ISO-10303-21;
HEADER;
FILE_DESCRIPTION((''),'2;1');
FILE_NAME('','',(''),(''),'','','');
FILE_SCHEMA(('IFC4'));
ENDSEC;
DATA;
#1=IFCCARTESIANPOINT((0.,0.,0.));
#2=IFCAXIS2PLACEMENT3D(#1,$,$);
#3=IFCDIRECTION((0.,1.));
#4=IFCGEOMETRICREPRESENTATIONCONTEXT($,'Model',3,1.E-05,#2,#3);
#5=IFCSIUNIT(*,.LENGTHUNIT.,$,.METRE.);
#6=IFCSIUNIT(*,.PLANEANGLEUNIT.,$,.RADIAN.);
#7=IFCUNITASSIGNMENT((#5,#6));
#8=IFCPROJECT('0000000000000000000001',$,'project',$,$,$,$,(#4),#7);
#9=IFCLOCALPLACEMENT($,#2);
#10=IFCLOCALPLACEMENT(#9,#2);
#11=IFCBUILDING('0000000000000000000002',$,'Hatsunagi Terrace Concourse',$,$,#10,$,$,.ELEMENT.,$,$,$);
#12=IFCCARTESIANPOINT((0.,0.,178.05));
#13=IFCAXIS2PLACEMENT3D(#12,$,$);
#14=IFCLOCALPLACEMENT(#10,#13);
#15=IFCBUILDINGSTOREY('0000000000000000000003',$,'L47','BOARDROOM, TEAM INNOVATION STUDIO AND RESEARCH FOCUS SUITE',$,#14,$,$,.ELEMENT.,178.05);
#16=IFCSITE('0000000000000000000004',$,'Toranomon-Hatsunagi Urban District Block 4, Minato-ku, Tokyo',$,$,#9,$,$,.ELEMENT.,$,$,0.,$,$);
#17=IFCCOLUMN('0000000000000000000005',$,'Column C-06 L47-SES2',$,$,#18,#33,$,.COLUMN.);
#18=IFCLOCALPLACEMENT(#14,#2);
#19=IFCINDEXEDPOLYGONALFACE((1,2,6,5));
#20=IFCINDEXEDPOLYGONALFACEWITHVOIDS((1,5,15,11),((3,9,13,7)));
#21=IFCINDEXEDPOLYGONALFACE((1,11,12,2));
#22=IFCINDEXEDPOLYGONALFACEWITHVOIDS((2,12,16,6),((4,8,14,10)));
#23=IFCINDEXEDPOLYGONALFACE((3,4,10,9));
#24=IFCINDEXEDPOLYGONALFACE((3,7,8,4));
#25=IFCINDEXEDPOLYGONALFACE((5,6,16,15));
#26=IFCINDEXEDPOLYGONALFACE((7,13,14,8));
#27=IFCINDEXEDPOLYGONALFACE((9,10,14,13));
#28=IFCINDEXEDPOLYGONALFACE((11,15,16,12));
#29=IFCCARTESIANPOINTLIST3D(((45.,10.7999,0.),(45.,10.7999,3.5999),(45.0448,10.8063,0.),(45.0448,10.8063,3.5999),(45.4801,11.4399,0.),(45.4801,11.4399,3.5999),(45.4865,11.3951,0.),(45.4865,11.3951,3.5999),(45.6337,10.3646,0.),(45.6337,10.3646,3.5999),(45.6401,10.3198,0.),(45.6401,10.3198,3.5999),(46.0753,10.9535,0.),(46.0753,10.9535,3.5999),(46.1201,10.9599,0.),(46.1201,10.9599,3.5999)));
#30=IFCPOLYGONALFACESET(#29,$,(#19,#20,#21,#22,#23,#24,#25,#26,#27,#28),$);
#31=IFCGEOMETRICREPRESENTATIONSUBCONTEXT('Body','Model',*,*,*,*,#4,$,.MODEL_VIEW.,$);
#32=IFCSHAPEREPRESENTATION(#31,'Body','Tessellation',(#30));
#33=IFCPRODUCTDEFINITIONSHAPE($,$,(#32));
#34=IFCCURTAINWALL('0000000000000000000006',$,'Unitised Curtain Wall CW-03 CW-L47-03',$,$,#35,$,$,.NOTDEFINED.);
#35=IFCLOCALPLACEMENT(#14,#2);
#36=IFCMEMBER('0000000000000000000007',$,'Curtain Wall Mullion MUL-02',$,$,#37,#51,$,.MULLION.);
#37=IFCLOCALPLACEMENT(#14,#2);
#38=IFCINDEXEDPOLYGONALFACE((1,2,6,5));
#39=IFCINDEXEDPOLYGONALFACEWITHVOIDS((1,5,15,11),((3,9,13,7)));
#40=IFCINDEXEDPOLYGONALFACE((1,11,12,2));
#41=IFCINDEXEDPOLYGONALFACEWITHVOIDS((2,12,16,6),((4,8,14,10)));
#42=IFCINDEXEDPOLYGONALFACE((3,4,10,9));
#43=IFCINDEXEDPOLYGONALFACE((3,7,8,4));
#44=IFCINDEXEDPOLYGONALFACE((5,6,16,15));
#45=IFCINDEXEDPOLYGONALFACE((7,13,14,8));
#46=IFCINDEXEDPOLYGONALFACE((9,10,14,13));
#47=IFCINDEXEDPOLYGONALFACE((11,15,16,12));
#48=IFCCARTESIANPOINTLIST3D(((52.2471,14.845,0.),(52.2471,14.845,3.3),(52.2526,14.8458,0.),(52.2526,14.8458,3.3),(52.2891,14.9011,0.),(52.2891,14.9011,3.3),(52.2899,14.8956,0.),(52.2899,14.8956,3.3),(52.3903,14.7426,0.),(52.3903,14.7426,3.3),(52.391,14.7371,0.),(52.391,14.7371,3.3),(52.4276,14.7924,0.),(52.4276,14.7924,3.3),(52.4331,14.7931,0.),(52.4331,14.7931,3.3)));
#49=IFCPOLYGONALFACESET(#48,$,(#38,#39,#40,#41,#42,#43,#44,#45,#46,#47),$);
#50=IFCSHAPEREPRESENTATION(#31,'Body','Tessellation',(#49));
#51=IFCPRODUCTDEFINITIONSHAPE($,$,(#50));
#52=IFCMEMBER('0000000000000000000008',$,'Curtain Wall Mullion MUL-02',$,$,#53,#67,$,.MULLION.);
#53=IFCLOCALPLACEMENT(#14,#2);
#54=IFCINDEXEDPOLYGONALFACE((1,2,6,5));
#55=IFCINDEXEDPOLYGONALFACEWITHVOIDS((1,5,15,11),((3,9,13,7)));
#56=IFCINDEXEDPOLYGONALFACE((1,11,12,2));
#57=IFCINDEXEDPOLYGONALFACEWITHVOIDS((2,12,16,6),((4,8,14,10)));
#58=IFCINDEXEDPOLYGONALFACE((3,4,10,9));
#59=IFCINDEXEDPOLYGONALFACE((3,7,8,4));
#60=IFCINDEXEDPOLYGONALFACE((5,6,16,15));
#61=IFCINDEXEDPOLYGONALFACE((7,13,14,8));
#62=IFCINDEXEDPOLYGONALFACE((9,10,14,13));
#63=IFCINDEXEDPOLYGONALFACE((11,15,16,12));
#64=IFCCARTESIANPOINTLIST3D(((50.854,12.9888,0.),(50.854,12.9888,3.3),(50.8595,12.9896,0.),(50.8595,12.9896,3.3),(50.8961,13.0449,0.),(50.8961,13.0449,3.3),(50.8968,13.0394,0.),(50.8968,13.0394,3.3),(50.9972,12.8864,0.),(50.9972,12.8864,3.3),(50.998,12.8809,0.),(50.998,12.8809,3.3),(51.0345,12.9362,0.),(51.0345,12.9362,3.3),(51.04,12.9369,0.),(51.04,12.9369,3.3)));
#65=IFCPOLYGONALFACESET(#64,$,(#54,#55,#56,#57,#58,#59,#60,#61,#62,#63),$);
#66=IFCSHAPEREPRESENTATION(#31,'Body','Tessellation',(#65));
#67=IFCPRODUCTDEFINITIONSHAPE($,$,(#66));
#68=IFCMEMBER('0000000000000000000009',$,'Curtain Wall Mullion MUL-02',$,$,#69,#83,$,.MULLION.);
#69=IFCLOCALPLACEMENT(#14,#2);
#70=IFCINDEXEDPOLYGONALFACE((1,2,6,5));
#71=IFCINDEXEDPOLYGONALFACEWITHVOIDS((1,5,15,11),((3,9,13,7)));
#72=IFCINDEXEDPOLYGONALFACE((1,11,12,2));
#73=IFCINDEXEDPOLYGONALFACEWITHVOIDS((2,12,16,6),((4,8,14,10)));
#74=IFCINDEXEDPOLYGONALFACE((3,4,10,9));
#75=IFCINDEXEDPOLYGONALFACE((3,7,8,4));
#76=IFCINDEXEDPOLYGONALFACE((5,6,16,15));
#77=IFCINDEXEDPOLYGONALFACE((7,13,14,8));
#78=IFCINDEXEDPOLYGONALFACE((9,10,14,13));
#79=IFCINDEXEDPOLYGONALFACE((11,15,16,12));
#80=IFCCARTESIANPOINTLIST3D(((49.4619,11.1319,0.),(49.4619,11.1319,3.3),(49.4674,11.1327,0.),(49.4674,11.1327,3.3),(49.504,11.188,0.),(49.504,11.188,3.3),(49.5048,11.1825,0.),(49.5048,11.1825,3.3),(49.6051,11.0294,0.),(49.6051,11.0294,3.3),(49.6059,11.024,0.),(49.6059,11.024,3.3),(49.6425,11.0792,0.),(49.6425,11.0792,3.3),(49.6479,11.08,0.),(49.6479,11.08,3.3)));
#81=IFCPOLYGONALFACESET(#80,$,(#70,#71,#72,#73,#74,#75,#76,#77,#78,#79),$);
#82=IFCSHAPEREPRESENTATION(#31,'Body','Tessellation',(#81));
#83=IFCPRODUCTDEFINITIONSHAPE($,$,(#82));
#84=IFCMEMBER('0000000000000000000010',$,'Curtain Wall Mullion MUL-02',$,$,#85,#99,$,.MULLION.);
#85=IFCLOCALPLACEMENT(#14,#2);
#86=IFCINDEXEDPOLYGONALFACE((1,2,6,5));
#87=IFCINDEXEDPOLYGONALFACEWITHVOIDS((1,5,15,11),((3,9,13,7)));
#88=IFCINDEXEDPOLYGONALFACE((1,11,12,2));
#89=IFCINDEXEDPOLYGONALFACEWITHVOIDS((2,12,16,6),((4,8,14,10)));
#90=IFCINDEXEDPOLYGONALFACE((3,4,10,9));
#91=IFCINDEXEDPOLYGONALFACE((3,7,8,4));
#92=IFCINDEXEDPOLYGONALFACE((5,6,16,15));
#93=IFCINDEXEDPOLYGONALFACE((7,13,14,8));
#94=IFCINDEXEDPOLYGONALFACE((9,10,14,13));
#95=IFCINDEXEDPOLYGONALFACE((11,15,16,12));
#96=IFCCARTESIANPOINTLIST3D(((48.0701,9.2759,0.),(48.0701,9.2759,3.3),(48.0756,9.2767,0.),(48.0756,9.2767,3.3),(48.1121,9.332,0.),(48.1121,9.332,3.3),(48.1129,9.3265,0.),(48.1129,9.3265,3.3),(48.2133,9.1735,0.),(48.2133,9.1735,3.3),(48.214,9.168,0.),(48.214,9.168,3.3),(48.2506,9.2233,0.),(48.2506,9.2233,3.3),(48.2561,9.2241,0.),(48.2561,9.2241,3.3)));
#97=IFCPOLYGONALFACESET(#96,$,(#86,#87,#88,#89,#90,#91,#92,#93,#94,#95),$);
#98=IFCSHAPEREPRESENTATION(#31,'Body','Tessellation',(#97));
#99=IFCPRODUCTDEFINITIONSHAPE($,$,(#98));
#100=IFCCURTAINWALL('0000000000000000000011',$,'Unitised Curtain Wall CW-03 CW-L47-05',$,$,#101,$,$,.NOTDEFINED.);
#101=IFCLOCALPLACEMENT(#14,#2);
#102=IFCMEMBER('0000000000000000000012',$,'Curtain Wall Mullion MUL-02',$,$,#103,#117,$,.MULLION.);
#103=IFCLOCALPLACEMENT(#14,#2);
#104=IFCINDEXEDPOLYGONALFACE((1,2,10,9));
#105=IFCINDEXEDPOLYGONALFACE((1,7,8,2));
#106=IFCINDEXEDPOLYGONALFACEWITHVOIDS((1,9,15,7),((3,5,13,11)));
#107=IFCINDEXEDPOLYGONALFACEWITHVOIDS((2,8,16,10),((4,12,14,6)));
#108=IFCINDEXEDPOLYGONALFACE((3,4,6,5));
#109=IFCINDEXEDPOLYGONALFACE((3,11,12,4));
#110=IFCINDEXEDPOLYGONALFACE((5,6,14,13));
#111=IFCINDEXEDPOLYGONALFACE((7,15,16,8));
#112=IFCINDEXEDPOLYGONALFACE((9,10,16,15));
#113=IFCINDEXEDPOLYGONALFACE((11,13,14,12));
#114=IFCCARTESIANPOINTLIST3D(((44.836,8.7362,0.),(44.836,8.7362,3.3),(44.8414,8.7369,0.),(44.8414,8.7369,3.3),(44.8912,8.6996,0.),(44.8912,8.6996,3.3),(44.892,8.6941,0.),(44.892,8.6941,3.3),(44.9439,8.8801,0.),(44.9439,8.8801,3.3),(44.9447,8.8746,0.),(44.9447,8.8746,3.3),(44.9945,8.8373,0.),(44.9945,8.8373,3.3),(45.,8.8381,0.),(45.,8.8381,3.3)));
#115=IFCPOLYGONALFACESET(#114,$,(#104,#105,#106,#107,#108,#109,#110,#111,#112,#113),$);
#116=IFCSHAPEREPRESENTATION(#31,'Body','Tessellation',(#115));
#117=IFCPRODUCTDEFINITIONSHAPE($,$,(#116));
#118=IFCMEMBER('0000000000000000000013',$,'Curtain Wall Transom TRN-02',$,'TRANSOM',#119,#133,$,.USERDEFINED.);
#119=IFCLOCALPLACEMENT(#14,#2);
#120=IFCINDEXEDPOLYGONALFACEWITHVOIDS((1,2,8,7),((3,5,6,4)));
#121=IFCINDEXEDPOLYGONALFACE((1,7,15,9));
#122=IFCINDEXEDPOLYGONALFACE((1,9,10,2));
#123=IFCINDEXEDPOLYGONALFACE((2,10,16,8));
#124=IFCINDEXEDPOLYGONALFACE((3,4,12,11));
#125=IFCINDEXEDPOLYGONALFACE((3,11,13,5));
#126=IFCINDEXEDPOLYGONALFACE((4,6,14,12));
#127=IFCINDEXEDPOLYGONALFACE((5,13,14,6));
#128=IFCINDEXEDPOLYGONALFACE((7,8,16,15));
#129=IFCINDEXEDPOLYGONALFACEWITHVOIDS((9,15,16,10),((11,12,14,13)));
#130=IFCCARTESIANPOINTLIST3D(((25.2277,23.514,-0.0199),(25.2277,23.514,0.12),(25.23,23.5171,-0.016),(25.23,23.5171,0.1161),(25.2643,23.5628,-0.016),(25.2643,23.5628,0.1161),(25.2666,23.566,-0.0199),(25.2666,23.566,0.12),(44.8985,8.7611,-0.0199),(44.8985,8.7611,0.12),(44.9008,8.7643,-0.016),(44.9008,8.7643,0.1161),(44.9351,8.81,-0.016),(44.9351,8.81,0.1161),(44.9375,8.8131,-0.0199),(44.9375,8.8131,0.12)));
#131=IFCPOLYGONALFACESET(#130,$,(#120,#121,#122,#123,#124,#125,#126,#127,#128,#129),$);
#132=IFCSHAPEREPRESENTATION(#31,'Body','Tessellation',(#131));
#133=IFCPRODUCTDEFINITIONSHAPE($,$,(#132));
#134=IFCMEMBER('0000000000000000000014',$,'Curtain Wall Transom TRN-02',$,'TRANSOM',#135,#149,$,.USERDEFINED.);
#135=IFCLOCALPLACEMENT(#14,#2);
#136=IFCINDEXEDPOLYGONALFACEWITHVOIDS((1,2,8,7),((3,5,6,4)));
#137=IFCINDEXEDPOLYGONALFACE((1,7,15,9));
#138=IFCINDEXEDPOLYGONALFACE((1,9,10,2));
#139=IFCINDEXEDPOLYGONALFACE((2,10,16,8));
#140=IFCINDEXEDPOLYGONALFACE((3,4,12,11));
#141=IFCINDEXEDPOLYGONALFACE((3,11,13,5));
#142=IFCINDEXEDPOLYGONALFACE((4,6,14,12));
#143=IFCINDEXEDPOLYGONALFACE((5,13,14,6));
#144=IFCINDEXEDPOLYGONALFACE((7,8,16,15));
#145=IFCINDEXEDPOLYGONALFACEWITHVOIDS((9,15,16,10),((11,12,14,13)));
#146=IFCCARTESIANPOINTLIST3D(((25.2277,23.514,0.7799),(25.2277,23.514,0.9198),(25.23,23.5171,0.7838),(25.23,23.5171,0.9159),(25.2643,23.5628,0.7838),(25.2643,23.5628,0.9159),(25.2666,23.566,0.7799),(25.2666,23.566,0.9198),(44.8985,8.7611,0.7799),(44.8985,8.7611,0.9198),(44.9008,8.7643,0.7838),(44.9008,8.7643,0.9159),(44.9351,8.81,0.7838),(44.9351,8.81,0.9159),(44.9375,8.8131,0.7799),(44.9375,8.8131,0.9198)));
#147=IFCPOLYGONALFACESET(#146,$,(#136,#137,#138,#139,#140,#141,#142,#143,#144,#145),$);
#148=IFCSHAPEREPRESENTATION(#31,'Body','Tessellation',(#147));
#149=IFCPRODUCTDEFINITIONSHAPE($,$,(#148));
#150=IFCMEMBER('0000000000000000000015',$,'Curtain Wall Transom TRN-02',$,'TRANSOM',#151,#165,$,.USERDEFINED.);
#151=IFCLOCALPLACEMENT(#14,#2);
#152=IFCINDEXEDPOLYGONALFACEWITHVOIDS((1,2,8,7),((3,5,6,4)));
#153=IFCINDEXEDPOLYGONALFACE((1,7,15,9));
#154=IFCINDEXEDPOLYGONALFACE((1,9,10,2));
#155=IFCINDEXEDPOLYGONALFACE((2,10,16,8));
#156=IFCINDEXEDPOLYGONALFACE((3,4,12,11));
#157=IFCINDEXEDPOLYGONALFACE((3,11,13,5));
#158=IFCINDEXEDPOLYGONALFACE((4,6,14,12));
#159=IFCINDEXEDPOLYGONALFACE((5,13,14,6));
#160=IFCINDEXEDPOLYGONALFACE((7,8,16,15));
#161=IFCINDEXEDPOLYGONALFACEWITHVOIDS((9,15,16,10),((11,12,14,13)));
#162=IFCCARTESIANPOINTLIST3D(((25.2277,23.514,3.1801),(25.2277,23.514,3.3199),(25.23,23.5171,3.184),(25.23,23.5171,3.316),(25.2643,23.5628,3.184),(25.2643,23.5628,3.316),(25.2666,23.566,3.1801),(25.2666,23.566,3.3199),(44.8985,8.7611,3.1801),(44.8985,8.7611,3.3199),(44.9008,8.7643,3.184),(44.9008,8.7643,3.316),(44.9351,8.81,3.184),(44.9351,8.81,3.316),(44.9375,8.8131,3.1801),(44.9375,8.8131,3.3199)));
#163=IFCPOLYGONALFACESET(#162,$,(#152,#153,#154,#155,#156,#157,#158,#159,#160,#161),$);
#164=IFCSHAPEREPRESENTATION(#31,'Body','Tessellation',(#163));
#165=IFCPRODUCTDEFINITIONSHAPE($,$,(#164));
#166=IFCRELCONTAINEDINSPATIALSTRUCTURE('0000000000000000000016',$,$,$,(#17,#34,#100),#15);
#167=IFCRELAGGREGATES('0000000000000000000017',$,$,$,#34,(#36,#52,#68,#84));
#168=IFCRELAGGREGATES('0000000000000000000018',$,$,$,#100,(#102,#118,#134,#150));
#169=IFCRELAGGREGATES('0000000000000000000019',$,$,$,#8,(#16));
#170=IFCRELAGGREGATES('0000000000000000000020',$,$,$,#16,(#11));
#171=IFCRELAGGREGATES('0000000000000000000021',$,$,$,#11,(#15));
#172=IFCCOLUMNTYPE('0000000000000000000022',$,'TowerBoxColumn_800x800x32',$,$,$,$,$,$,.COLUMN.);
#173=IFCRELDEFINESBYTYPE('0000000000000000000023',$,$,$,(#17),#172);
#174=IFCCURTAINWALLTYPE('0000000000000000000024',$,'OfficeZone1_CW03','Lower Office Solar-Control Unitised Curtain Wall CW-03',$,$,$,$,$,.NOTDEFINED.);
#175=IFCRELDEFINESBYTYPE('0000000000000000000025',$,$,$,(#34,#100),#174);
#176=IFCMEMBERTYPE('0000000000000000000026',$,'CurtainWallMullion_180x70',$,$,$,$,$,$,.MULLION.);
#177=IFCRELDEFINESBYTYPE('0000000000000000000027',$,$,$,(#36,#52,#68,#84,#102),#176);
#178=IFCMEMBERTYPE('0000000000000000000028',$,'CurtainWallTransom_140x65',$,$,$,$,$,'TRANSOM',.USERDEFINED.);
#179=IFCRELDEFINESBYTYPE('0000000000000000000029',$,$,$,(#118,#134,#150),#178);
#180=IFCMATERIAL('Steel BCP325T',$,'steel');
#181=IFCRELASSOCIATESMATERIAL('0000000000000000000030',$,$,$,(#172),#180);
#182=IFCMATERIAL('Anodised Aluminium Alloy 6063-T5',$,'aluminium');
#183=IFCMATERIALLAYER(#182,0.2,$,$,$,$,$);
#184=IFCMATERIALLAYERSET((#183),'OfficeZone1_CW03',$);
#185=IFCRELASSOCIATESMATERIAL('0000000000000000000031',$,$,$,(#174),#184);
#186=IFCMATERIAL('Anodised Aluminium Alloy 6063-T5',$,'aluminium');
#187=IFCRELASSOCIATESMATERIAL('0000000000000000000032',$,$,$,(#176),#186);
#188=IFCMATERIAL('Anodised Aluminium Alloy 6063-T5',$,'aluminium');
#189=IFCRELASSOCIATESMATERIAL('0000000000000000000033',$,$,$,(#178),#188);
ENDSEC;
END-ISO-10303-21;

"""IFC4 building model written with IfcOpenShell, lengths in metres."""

from ifc_helpers import new_model, si_unit, direction, frame, origin, origin_2d, place, context, subcontext, project, spatial, hollow_rectangle, extrude, material, layer, layer_set, material_profile, profile_set, type_object, element, aggregate, save


model = new_model("IFC4")

# Units and contexts
model_context = context("Model", 3, precision=1e-05, world=origin(), true_north=direction((0.0, 1.0)))
body_context = subcontext(model_context, "Body", "Model", "MODEL_VIEW")
ifc_project = project(units=[si_unit("LENGTHUNIT", "METRE"), si_unit("PLANEANGLEUNIT", "RADIAN")], contexts=[model_context])

# Site, building, storey
site_placement = place(None, origin())
site = spatial("IfcSite", under=ifc_project, at=site_placement, Name="Toranomon-Hatsunagi Urban District Block 4, Minato-ku, Tokyo", CompositionType="ELEMENT", RefElevation=0.0)
building_placement = place(site_placement, origin())
building = spatial("IfcBuilding", under=site, at=building_placement, Name="Hatsunagi Terrace Concourse", CompositionType="ELEMENT")
storey_placement = place(building_placement, frame((0.0, 0.0, 178.05)))
storey = spatial("IfcBuildingStorey", under=building, at=storey_placement, Name="L47", Description="BOARDROOM, TEAM INNOVATION STUDIO AND RESEARCH FOCUS SUITE", CompositionType="ELEMENT", Elevation=178.05)

# Column
ifc_material_1 = material(Name="Steel BCP325T", Category="steel")
ifc_material_profile_1 = material_profile(ifc_material_1, hollow_rectangle(XDim=0.8, YDim=0.8, WallThickness=0.032, at=origin_2d()), Name="BCP-800x800x32")
ifc_profile_set_1 = profile_set([ifc_material_profile_1], Name="Steel BCP325T")
column_type = type_object("IfcColumnType", Name="TowerBoxColumn_800x800x32", PredefinedType="COLUMN", material=ifc_profile_set_1)
column_placement = place(storey_placement, frame((45.5601, 10.8799, 0.0), z_axis=(0.0, 0.0, 1.0), x_axis=(0.8, -0.6, 0.0)))
element("IfcColumn", 1, at=column_placement, inside=storey, type_object=column_type, Name="Column C-06 L47-SES2", PredefinedType="COLUMN", context=body_context, shape_type="SweptSolid", body=[
    extrude(hollow_rectangle(XDim=0.8, YDim=0.8, WallThickness=0.032, at=origin_2d()), origin(), (0.0, 0.0, 1.0), 3.5999),
])

# Curtain walls, members
ifc_material_2 = material(Name="Anodised Aluminium Alloy 6063-T5", Category="aluminium")
ifc_layer_1 = layer(ifc_material_2, 0.2)
ifc_layer_set_1 = layer_set([ifc_layer_1], Name="OfficeZone1_CW03")
curtain_wall_type = type_object("IfcCurtainWallType", Name="OfficeZone1_CW03", Description="Lower Office Solar-Control Unitised Curtain Wall CW-03", PredefinedType="NOTDEFINED", material=ifc_layer_set_1)
curtain_wall_1_placement = place(storey_placement, origin())
curtain_wall_1 = element("IfcCurtainWall", 2, at=curtain_wall_1_placement, inside=storey, type_object=curtain_wall_type, Name="Unitised Curtain Wall CW-03 CW-L47-03", PredefinedType="NOTDEFINED")
ifc_material_3 = material(Name="Anodised Aluminium Alloy 6063-T5", Category="aluminium")
ifc_material_profile_2 = material_profile(ifc_material_3, hollow_rectangle(XDim=0.0701, YDim=0.1799, WallThickness=0.0039, at=origin_2d()), Name="ALU-MUL-180x70x4")
ifc_profile_set_2 = profile_set([ifc_material_profile_2], Name="Anodised Aluminium Alloy 6063-T5")
member_type_1 = type_object("IfcMemberType", Name="CurtainWallMullion_180x70", PredefinedType="MULLION", material=ifc_profile_set_2)
member_1_placement = place(storey_placement, frame((52.3401, 14.8191, 0.0), z_axis=(0.0, 0.0, 1.0), x_axis=(-0.599969, -0.800023, 0.0)))
member_1 = element("IfcMember", 3, at=member_1_placement, type_object=member_type_1, Name="Curtain Wall Mullion MUL-02", PredefinedType="MULLION", context=body_context, shape_type="SweptSolid", body=[
    extrude(hollow_rectangle(XDim=0.0701, YDim=0.1799, WallThickness=0.0039, at=origin_2d()), origin(), (0.0, 0.0, 1.0), 3.3),
])
member_2_placement = place(storey_placement, frame((50.947, 12.9629, 0.0), z_axis=(0.0, 0.0, 1.0), x_axis=(-0.599969, -0.800023, 0.0)))
member_2 = element("IfcMember", 4, at=member_2_placement, type_object=member_type_1, Name="Curtain Wall Mullion MUL-02", PredefinedType="MULLION", context=body_context, shape_type="SweptSolid", body=[
    extrude(hollow_rectangle(XDim=0.0701, YDim=0.1799, WallThickness=0.0039, at=origin_2d()), origin(), (0.0, 0.0, 1.0), 3.3),
])
member_3_placement = place(storey_placement, frame((49.5549, 11.106, 0.0), z_axis=(0.0, 0.0, 1.0), x_axis=(-0.599969, -0.800023, 0.0)))
member_3 = element("IfcMember", 5, at=member_3_placement, type_object=member_type_1, Name="Curtain Wall Mullion MUL-02", PredefinedType="MULLION", context=body_context, shape_type="SweptSolid", body=[
    extrude(hollow_rectangle(XDim=0.0701, YDim=0.1799, WallThickness=0.0039, at=origin_2d()), origin(), (0.0, 0.0, 1.0), 3.3),
])
member_4_placement = place(storey_placement, frame((48.1631, 9.25, 0.0), z_axis=(0.0, 0.0, 1.0), x_axis=(-0.599969, -0.800023, 0.0)))
member_4 = element("IfcMember", 6, at=member_4_placement, type_object=member_type_1, Name="Curtain Wall Mullion MUL-02", PredefinedType="MULLION", context=body_context, shape_type="SweptSolid", body=[
    extrude(hollow_rectangle(XDim=0.0701, YDim=0.1799, WallThickness=0.0039, at=origin_2d()), origin(), (0.0, 0.0, 1.0), 3.3),
])
curtain_wall_2_placement = place(storey_placement, origin())
curtain_wall_2 = element("IfcCurtainWall", 7, at=curtain_wall_2_placement, inside=storey, type_object=curtain_wall_type, Name="Unitised Curtain Wall CW-03 CW-L47-05", PredefinedType="NOTDEFINED")
member_5_placement = place(storey_placement, frame((44.918, 8.7871, 0.0), z_axis=(0.0, 0.0, 1.0), x_axis=(-0.800005, 0.599993, 0.0)))
member_5 = element("IfcMember", 8, at=member_5_placement, type_object=member_type_1, Name="Curtain Wall Mullion MUL-02", PredefinedType="MULLION", context=body_context, shape_type="SweptSolid", body=[
    extrude(hollow_rectangle(XDim=0.0701, YDim=0.1799, WallThickness=0.0039, at=origin_2d()), origin(), (0.0, 0.0, 1.0), 3.3),
])
ifc_material_4 = material(Name="Anodised Aluminium Alloy 6063-T5", Category="aluminium")
ifc_material_profile_3 = material_profile(ifc_material_4, hollow_rectangle(XDim=0.0649, YDim=0.1399, WallThickness=0.0039, at=origin_2d()), Name="ALU-TRN-140x65x4")
ifc_profile_set_3 = profile_set([ifc_material_profile_3], Name="Anodised Aluminium Alloy 6063-T5")
member_type_2 = type_object("IfcMemberType", Name="CurtainWallTransom_140x65", ElementType="TRANSOM", PredefinedType="USERDEFINED", material=ifc_profile_set_3)
member_6_placement = place(storey_placement, frame((44.918, 8.7871, 0.05), z_axis=(-0.800005, 0.599994, 0.0), x_axis=(-0.599994, -0.800005, 0.0)))
member_6 = element("IfcMember", 9, at=member_6_placement, type_object=member_type_2, Name="Curtain Wall Transom TRN-02", ObjectType="TRANSOM", PredefinedType="USERDEFINED", context=body_context, shape_type="SweptSolid", body=[
    extrude(hollow_rectangle(XDim=0.0649, YDim=0.1399, WallThickness=0.0039, at=origin_2d()), origin(), (0.0, 0.0, 1.0), 24.5884),
])
member_7_placement = place(storey_placement, frame((44.918, 8.7871, 0.8499), z_axis=(-0.800005, 0.599994, 0.0), x_axis=(-0.599994, -0.800005, 0.0)))
member_7 = element("IfcMember", 10, at=member_7_placement, type_object=member_type_2, Name="Curtain Wall Transom TRN-02", ObjectType="TRANSOM", PredefinedType="USERDEFINED", context=body_context, shape_type="SweptSolid", body=[
    extrude(hollow_rectangle(XDim=0.0649, YDim=0.1399, WallThickness=0.0039, at=origin_2d()), origin(), (0.0, 0.0, 1.0), 24.5884),
])
member_8_placement = place(storey_placement, frame((44.918, 8.7871, 3.25), z_axis=(-0.800005, 0.599994, 0.0), x_axis=(-0.599994, -0.800005, 0.0)))
member_8 = element("IfcMember", 11, at=member_8_placement, type_object=member_type_2, Name="Curtain Wall Transom TRN-02", ObjectType="TRANSOM", PredefinedType="USERDEFINED", context=body_context, shape_type="SweptSolid", body=[
    extrude(hollow_rectangle(XDim=0.0649, YDim=0.1399, WallThickness=0.0039, at=origin_2d()), origin(), (0.0, 0.0, 1.0), 24.5884),
])

aggregate(curtain_wall_1, [member_1, member_2, member_3, member_4])
aggregate(curtain_wall_2, [member_5, member_6, member_7, member_8])

save(model, "model.ifc")
